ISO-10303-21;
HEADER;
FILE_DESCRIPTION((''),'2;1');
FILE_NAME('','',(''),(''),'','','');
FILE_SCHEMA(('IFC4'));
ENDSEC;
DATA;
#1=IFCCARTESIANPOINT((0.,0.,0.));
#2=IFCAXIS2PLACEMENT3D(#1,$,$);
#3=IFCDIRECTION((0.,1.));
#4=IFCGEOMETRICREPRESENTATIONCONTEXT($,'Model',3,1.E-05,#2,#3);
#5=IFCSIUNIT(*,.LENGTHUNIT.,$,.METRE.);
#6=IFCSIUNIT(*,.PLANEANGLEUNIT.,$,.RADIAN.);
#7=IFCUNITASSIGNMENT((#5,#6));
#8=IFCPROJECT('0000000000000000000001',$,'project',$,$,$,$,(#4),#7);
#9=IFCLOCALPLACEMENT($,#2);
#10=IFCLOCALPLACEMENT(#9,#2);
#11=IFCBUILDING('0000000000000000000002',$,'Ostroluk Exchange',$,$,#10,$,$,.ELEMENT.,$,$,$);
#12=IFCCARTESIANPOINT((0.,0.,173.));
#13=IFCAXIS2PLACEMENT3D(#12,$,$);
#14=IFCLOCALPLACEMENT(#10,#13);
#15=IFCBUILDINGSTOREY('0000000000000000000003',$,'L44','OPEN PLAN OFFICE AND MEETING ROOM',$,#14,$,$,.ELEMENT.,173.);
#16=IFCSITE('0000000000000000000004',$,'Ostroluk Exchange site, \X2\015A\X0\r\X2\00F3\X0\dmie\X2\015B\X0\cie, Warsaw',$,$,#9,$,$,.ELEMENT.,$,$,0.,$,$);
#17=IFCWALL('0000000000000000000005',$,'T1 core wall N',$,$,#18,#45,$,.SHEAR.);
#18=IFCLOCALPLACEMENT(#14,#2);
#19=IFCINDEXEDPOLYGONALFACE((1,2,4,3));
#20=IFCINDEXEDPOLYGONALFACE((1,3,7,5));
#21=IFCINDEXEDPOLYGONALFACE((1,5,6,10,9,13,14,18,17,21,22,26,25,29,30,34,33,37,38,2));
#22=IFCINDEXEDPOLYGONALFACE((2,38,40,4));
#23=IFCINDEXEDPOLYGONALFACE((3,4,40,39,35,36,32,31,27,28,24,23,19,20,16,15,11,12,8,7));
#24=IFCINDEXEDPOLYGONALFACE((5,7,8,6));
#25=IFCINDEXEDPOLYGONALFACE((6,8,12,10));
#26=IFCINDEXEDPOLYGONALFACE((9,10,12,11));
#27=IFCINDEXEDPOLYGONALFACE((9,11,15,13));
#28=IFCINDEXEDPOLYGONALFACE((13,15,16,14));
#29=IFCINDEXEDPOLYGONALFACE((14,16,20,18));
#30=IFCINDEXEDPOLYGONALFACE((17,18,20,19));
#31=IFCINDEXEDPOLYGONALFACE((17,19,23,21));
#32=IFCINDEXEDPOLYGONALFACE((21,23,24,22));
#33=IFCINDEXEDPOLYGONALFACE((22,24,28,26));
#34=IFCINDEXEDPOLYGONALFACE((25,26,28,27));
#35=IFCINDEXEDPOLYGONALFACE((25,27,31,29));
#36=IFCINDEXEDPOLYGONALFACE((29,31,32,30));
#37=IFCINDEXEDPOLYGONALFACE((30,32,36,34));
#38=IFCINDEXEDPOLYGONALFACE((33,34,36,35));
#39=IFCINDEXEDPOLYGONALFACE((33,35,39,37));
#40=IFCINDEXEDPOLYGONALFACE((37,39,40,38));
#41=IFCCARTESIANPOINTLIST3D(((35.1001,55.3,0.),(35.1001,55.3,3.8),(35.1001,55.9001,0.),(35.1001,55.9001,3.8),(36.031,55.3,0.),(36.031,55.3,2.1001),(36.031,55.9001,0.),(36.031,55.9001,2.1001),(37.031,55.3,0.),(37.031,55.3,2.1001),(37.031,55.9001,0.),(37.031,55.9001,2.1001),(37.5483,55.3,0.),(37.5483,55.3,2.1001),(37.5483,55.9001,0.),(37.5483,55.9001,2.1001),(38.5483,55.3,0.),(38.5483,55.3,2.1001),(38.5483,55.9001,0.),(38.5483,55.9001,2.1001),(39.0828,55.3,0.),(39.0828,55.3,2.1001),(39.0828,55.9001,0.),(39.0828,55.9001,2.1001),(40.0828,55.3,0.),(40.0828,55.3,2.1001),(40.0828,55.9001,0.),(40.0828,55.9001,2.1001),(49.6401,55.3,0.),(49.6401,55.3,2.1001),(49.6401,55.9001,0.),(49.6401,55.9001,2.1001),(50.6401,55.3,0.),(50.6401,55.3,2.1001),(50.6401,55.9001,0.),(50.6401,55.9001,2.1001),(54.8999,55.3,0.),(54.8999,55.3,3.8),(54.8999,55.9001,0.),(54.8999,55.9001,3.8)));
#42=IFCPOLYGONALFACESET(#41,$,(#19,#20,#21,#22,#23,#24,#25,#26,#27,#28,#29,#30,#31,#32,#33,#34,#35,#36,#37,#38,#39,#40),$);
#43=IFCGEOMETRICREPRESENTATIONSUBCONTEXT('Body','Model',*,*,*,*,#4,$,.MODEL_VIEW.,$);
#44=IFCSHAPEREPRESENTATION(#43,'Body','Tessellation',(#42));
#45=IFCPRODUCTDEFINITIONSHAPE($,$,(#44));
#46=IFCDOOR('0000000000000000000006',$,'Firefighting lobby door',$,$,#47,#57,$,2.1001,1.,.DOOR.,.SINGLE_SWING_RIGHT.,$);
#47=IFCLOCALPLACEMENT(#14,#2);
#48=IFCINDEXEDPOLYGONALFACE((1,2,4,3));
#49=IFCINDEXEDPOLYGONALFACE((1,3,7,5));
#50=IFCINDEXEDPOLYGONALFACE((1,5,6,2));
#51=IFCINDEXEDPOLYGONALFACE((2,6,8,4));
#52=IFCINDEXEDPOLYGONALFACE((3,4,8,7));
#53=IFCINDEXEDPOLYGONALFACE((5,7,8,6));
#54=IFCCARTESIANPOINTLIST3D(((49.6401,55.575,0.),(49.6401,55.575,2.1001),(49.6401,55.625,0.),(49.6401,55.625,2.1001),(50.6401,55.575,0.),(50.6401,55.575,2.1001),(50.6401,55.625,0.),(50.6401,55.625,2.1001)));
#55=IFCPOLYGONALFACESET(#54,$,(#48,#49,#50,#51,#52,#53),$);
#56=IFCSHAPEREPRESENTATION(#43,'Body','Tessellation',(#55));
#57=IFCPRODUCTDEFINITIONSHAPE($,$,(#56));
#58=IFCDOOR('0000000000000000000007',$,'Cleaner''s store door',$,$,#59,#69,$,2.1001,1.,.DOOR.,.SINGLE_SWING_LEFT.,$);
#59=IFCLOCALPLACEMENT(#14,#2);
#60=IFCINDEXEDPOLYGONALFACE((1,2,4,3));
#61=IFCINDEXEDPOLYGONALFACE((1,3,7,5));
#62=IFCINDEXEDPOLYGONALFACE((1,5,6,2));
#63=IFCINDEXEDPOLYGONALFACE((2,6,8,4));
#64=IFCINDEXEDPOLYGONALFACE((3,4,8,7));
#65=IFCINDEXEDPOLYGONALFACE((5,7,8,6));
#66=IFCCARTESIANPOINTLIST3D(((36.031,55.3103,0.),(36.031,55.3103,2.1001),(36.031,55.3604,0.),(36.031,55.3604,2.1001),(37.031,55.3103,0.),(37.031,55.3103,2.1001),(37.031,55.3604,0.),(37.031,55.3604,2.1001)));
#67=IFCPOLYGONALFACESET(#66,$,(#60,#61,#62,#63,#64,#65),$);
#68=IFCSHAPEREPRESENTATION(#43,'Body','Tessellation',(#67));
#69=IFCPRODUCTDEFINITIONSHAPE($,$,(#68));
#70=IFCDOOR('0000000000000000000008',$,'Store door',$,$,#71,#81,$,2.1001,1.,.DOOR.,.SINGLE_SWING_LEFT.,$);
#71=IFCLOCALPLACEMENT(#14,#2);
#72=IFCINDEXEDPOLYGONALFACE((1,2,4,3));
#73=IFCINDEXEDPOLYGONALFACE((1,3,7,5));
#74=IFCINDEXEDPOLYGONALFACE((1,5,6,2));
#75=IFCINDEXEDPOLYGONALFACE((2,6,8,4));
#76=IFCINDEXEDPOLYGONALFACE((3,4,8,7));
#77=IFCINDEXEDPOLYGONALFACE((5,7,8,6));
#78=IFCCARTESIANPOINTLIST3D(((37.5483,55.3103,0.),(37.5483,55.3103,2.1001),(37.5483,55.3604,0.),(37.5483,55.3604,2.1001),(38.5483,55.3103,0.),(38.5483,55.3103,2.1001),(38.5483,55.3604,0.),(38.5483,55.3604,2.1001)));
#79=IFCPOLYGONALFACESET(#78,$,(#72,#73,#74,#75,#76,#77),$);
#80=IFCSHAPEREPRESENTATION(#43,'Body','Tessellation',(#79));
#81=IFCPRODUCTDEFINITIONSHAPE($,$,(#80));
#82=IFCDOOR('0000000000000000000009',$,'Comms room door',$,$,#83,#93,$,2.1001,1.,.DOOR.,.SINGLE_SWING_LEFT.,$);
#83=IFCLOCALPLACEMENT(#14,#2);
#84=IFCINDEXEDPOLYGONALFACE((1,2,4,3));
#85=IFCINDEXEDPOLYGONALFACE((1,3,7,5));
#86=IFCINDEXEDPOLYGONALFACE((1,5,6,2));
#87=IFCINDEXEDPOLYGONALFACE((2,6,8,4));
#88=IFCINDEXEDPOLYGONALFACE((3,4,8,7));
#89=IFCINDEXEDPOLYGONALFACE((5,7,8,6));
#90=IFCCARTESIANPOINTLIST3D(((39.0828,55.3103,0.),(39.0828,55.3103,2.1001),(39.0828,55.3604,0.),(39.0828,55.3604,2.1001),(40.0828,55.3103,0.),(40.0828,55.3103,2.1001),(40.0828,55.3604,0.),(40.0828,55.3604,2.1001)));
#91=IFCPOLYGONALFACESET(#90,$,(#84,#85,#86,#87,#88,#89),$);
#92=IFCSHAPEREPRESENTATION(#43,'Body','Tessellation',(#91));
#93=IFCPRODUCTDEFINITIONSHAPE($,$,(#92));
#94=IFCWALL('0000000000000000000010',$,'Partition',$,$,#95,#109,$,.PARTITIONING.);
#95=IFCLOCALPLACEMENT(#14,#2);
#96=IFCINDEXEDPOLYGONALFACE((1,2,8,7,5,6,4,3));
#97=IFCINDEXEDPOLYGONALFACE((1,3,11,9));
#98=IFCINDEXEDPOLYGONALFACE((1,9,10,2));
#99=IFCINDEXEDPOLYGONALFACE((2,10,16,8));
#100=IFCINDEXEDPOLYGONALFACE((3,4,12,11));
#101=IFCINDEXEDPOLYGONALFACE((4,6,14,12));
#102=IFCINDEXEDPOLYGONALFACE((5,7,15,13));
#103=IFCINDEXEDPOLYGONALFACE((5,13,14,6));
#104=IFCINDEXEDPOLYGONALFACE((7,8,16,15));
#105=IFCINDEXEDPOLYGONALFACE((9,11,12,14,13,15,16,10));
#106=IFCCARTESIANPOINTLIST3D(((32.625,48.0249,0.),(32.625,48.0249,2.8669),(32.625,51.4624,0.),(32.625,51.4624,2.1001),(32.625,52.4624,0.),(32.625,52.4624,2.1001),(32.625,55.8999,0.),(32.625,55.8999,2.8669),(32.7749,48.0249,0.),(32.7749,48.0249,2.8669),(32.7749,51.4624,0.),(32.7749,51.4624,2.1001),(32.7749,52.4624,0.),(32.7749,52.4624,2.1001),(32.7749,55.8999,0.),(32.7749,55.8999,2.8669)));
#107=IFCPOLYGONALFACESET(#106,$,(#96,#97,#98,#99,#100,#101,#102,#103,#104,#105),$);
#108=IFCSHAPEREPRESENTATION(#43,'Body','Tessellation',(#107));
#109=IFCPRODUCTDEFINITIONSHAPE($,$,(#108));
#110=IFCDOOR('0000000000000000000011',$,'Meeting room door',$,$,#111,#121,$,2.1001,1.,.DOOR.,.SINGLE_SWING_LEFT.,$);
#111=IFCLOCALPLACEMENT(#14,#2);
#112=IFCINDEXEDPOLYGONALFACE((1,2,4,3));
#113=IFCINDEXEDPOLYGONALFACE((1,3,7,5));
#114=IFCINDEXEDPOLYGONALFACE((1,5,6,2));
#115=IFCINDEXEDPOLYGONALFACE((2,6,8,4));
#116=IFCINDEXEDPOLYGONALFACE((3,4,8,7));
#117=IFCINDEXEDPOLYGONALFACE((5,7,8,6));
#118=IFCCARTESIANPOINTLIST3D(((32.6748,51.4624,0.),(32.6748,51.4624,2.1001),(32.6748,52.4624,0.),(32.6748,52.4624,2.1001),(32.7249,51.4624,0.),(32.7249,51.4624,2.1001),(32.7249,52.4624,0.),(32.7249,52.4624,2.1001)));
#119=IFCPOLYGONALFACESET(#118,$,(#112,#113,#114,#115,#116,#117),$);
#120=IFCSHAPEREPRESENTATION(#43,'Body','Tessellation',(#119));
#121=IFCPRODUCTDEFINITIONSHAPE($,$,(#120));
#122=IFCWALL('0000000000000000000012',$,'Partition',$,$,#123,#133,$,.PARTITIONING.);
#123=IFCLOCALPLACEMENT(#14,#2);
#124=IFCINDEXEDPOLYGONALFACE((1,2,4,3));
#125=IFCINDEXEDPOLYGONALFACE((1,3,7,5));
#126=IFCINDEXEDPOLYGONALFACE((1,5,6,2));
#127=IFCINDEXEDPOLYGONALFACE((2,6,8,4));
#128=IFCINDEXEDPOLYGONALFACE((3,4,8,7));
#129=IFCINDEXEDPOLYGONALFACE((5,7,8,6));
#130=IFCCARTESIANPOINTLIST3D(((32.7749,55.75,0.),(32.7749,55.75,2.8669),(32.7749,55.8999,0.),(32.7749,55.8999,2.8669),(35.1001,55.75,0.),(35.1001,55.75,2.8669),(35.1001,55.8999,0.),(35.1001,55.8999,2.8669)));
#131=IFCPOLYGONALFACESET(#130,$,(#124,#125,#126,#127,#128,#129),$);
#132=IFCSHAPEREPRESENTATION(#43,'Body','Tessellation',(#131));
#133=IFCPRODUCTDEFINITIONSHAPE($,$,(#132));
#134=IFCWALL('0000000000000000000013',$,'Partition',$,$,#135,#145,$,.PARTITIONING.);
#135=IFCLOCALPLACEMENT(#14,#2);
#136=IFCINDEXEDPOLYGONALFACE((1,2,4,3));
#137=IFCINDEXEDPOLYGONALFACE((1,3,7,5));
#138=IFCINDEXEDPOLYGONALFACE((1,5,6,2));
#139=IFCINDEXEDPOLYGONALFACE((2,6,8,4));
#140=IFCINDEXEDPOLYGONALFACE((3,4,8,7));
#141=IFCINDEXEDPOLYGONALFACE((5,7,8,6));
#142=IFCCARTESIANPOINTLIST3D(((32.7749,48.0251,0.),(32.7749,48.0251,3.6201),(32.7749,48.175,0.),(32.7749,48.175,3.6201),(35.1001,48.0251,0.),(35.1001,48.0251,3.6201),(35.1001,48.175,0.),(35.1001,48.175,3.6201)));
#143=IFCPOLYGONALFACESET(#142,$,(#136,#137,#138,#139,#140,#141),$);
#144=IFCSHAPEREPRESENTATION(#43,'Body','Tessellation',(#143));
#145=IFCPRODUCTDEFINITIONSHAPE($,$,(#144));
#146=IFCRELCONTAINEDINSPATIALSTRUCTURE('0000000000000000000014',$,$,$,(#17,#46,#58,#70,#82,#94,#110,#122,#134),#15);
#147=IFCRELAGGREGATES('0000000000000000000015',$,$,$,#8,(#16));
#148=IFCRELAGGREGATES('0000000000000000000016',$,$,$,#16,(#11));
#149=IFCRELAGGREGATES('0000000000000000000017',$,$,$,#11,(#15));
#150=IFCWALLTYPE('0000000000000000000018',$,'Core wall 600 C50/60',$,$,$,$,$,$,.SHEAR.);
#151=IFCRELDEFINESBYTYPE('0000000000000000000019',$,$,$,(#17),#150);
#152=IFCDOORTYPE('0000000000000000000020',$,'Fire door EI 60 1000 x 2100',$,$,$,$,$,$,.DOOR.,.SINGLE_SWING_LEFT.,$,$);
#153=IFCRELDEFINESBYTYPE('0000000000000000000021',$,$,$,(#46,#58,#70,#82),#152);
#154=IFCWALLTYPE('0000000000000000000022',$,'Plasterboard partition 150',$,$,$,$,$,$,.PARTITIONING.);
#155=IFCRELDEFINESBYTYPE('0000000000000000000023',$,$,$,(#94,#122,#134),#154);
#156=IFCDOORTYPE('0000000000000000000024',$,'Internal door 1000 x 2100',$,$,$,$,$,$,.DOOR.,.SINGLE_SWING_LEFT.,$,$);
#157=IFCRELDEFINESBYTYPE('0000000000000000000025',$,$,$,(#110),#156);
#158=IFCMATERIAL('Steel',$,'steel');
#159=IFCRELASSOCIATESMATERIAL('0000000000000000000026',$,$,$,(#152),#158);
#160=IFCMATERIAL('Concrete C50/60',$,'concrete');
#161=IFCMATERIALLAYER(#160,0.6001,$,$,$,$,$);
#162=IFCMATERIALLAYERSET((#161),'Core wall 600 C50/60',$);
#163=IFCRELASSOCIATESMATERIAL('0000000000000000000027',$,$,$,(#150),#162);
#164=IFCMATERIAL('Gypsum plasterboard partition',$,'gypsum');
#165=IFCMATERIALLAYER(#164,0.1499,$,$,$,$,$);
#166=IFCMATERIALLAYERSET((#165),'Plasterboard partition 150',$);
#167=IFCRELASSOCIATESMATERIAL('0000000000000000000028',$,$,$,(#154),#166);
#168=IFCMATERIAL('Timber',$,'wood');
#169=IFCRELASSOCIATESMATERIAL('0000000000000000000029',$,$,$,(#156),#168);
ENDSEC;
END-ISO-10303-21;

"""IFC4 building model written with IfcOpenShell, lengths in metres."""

from ifc_helpers import new_model, si_unit, direction, frame, frame_2d, origin, place, context, subcontext, project, spatial, rectangle, extrude, material, layer, layer_set, type_object, element, fill, save


model = new_model("IFC4")

# Units and contexts
model_context = context("Model", 3, precision=1e-05, world=origin(), true_north=direction((0.0, 1.0)))
body_context = subcontext(model_context, "Body", "Model", "MODEL_VIEW")
ifc_project = project(units=[si_unit("LENGTHUNIT", "METRE"), si_unit("PLANEANGLEUNIT", "RADIAN")], contexts=[model_context])

# Site, building, storey
site_placement = place(None, origin())
site = spatial("IfcSite", under=ifc_project, at=site_placement, Name="Ostroluk Exchange site, Śródmieście, Warsaw", CompositionType="ELEMENT", RefElevation=0.0)
building_placement = place(site_placement, origin())
building = spatial("IfcBuilding", under=site, at=building_placement, Name="Ostroluk Exchange", CompositionType="ELEMENT")
storey_placement = place(building_placement, frame((0.0, 0.0, 173.0)))
storey = spatial("IfcBuildingStorey", under=building, at=storey_placement, Name="L44", Description="OPEN PLAN OFFICE AND MEETING ROOM", CompositionType="ELEMENT", Elevation=173.0)

# Wall, openings, doors
ifc_material_1 = material(Name="Steel", Category="steel")
door_type_1 = type_object("IfcDoorType", Name="Fire door EI 60 1000 x 2100", OperationType="SINGLE_SWING_LEFT", PredefinedType="DOOR", material=ifc_material_1)
ifc_material_2 = material(Name="Concrete C50/60", Category="concrete")
ifc_layer_1 = layer(ifc_material_2, 0.6001)
ifc_layer_set_1 = layer_set([ifc_layer_1], Name="Core wall 600 C50/60")
wall_type_1 = type_object("IfcWallType", Name="Core wall 600 C50/60", PredefinedType="SHEAR", material=ifc_layer_set_1)
wall_1_placement = place(storey_placement, frame((35.1001, 55.6001, 0.0), z_axis=(0.0, 0.0, 1.0), x_axis=(1.0, 0.0, 0.0)))
wall_1 = element("IfcWall", 1, at=wall_1_placement, inside=storey, type_object=wall_type_1, Name="T1 core wall N", PredefinedType="SHEAR", context=body_context, shape_type="SweptSolid", body=[
    extrude(rectangle(XDim=19.7998, YDim=0.6001, at=frame_2d((9.8999, 0.0))), origin(), (0.0, 0.0, 1.0), 3.8),
])
opening_1_placement = place(wall_1_placement, frame((14.54, 0.0, 0.0)))
opening_1 = element("IfcOpeningElement", 2, at=opening_1_placement, cuts=wall_1, PredefinedType="OPENING", context=body_context, shape_type="SweptSolid", body=[
    extrude(rectangle(XDim=1.0, YDim=2.1001, at=frame_2d((0.5, 1.05))), frame((0.0, 0.3101, 0.0), z_axis=(0.0, -1.0, 0.0), x_axis=(1.0, 0.0, 0.0)), (0.0, 0.0, 1.0), 0.6201),
])
opening_2_placement = place(wall_1_placement, frame((0.9309, 0.0, 0.0)))
opening_2 = element("IfcOpeningElement", 3, at=opening_2_placement, cuts=wall_1, PredefinedType="OPENING", context=body_context, shape_type="SweptSolid", body=[
    extrude(rectangle(XDim=1.0, YDim=2.1001, at=frame_2d((0.5, 1.05))), frame((0.0, 0.3101, 0.0), z_axis=(0.0, -1.0, 0.0), x_axis=(1.0, 0.0, 0.0)), (0.0, 0.0, 1.0), 0.6201),
])
opening_3_placement = place(wall_1_placement, frame((2.4482, 0.0, 0.0)))
opening_3 = element("IfcOpeningElement", 4, at=opening_3_placement, cuts=wall_1, PredefinedType="OPENING", context=body_context, shape_type="SweptSolid", body=[
    extrude(rectangle(XDim=1.0, YDim=2.1001, at=frame_2d((0.5, 1.05))), frame((0.0, 0.3101, 0.0), z_axis=(0.0, -1.0, 0.0), x_axis=(1.0, 0.0, 0.0)), (0.0, 0.0, 1.0), 0.6201),
])
opening_4_placement = place(wall_1_placement, frame((3.9827, 0.0, 0.0)))
opening_4 = element("IfcOpeningElement", 5, at=opening_4_placement, cuts=wall_1, PredefinedType="OPENING", context=body_context, shape_type="SweptSolid", body=[
    extrude(rectangle(XDim=1.0, YDim=2.1001, at=frame_2d((0.5, 1.05))), frame((0.0, 0.3101, 0.0), z_axis=(0.0, -1.0, 0.0), x_axis=(1.0, 0.0, 0.0)), (0.0, 0.0, 1.0), 0.6201),
])
door_1_placement = place(opening_1_placement, origin())
door_1 = element("IfcDoor", 6, at=door_1_placement, inside=storey, type_object=door_type_1, Name="Firefighting lobby door", OperationType="SINGLE_SWING_RIGHT", OverallHeight=2.1001, OverallWidth=1.0, PredefinedType="DOOR", context=body_context, shape_type="SweptSolid", body=[
    extrude(rectangle(XDim=1.0, YDim=2.1001, at=frame_2d((0.5, 1.05))), frame((0.0, 0.0249, 0.0), z_axis=(0.0, -1.0, 0.0), x_axis=(1.0, 0.0, 0.0)), (0.0, 0.0, 1.0), 0.05),
])
fill(opening_1, door_1)
door_2_placement = place(opening_2_placement, origin())
door_2 = element("IfcDoor", 7, at=door_2_placement, inside=storey, type_object=door_type_1, Name="Cleaner's store door", OperationType="SINGLE_SWING_LEFT", OverallHeight=2.1001, OverallWidth=1.0, PredefinedType="DOOR", context=body_context, shape_type="SweptSolid", body=[
    extrude(rectangle(XDim=1.0, YDim=2.1001, at=frame_2d((0.5, 1.05))), frame((0.0, -0.2397, 0.0), z_axis=(0.0, -1.0, 0.0), x_axis=(1.0, 0.0, 0.0)), (0.0, 0.0, 1.0), 0.05),
])
fill(opening_2, door_2)
door_3_placement = place(opening_3_placement, origin())
door_3 = element("IfcDoor", 8, at=door_3_placement, inside=storey, type_object=door_type_1, Name="Store door", OperationType="SINGLE_SWING_LEFT", OverallHeight=2.1001, OverallWidth=1.0, PredefinedType="DOOR", context=body_context, shape_type="SweptSolid", body=[
    extrude(rectangle(XDim=1.0, YDim=2.1001, at=frame_2d((0.5, 1.05))), frame((0.0, -0.2397, 0.0), z_axis=(0.0, -1.0, 0.0), x_axis=(1.0, 0.0, 0.0)), (0.0, 0.0, 1.0), 0.05),
])
fill(opening_3, door_3)
door_4_placement = place(opening_4_placement, origin())
door_4 = element("IfcDoor", 9, at=door_4_placement, inside=storey, type_object=door_type_1, Name="Comms room door", OperationType="SINGLE_SWING_LEFT", OverallHeight=2.1001, OverallWidth=1.0, PredefinedType="DOOR", context=body_context, shape_type="SweptSolid", body=[
    extrude(rectangle(XDim=1.0, YDim=2.1001, at=frame_2d((0.5, 1.05))), frame((0.0, -0.2397, 0.0), z_axis=(0.0, -1.0, 0.0), x_axis=(1.0, 0.0, 0.0)), (0.0, 0.0, 1.0), 0.05),
])
fill(opening_4, door_4)

# Wall, opening, door
ifc_material_3 = material(Name="Gypsum plasterboard partition", Category="gypsum")
ifc_layer_2 = layer(ifc_material_3, 0.1499)
ifc_layer_set_2 = layer_set([ifc_layer_2], Name="Plasterboard partition 150")
wall_type_2 = type_object("IfcWallType", Name="Plasterboard partition 150", PredefinedType="PARTITIONING", material=ifc_layer_set_2)
wall_2_placement = place(storey_placement, frame((32.7, 55.8999, 0.0), z_axis=(0.0, 0.0, 1.0), x_axis=(0.0, -1.0, 0.0)))
wall_2 = element("IfcWall", 10, at=wall_2_placement, inside=storey, type_object=wall_type_2, Name="Partition", PredefinedType="PARTITIONING", context=body_context, shape_type="SweptSolid", body=[
    extrude(rectangle(XDim=7.875, YDim=0.1499, at=frame_2d((3.9375, 0.0))), origin(), (0.0, 0.0, 1.0), 2.8669),
])
opening_5_placement = place(wall_2_placement, frame((3.4375, 0.0, 0.0)))
opening_5 = element("IfcOpeningElement", 11, at=opening_5_placement, cuts=wall_2, PredefinedType="OPENING", context=body_context, shape_type="SweptSolid", body=[
    extrude(rectangle(XDim=1.0, YDim=2.1001, at=frame_2d((0.5, 1.05))), frame((0.0, 0.085, 0.0), z_axis=(0.0, -1.0, 0.0), x_axis=(1.0, 0.0, 0.0)), (0.0, 0.0, 1.0), 0.1699),
])
ifc_material_4 = material(Name="Timber", Category="wood")
door_type_2 = type_object("IfcDoorType", Name="Internal door 1000 x 2100", OperationType="SINGLE_SWING_LEFT", PredefinedType="DOOR", material=ifc_material_4)
door_5_placement = place(opening_5_placement, origin())
door_5 = element("IfcDoor", 12, at=door_5_placement, inside=storey, type_object=door_type_2, Name="Meeting room door", OperationType="SINGLE_SWING_LEFT", OverallHeight=2.1001, OverallWidth=1.0, PredefinedType="DOOR", context=body_context, shape_type="SweptSolid", body=[
    extrude(rectangle(XDim=1.0, YDim=2.1001, at=frame_2d((0.5, 1.05))), frame((0.0, 0.0249, 0.0), z_axis=(0.0, -1.0, 0.0), x_axis=(1.0, 0.0, 0.0)), (0.0, 0.0, 1.0), 0.05),
])
fill(opening_5, door_5)

# Walls
wall_3_placement = place(storey_placement, frame((35.1001, 55.825, 0.0), z_axis=(0.0, 0.0, 1.0), x_axis=(-1.0, 0.0, 0.0)))
element("IfcWall", 13, at=wall_3_placement, inside=storey, type_object=wall_type_2, Name="Partition", PredefinedType="PARTITIONING", context=body_context, shape_type="SweptSolid", body=[
    extrude(rectangle(XDim=2.3252, YDim=0.1499, at=frame_2d((1.1626, 0.0))), origin(), (0.0, 0.0, 1.0), 2.8669),
])
wall_4_placement = place(storey_placement, frame((35.1001, 48.1001, 0.0), z_axis=(0.0, 0.0, 1.0), x_axis=(-1.0, 0.0, 0.0)))
element("IfcWall", 14, at=wall_4_placement, inside=storey, type_object=wall_type_2, Name="Partition", PredefinedType="PARTITIONING", context=body_context, shape_type="SweptSolid", body=[
    extrude(rectangle(XDim=2.3252, YDim=0.1499, at=frame_2d((1.1626, 0.0))), origin(), (0.0, 0.0, 1.0), 3.6201),
])

save(model, "model.ifc")
